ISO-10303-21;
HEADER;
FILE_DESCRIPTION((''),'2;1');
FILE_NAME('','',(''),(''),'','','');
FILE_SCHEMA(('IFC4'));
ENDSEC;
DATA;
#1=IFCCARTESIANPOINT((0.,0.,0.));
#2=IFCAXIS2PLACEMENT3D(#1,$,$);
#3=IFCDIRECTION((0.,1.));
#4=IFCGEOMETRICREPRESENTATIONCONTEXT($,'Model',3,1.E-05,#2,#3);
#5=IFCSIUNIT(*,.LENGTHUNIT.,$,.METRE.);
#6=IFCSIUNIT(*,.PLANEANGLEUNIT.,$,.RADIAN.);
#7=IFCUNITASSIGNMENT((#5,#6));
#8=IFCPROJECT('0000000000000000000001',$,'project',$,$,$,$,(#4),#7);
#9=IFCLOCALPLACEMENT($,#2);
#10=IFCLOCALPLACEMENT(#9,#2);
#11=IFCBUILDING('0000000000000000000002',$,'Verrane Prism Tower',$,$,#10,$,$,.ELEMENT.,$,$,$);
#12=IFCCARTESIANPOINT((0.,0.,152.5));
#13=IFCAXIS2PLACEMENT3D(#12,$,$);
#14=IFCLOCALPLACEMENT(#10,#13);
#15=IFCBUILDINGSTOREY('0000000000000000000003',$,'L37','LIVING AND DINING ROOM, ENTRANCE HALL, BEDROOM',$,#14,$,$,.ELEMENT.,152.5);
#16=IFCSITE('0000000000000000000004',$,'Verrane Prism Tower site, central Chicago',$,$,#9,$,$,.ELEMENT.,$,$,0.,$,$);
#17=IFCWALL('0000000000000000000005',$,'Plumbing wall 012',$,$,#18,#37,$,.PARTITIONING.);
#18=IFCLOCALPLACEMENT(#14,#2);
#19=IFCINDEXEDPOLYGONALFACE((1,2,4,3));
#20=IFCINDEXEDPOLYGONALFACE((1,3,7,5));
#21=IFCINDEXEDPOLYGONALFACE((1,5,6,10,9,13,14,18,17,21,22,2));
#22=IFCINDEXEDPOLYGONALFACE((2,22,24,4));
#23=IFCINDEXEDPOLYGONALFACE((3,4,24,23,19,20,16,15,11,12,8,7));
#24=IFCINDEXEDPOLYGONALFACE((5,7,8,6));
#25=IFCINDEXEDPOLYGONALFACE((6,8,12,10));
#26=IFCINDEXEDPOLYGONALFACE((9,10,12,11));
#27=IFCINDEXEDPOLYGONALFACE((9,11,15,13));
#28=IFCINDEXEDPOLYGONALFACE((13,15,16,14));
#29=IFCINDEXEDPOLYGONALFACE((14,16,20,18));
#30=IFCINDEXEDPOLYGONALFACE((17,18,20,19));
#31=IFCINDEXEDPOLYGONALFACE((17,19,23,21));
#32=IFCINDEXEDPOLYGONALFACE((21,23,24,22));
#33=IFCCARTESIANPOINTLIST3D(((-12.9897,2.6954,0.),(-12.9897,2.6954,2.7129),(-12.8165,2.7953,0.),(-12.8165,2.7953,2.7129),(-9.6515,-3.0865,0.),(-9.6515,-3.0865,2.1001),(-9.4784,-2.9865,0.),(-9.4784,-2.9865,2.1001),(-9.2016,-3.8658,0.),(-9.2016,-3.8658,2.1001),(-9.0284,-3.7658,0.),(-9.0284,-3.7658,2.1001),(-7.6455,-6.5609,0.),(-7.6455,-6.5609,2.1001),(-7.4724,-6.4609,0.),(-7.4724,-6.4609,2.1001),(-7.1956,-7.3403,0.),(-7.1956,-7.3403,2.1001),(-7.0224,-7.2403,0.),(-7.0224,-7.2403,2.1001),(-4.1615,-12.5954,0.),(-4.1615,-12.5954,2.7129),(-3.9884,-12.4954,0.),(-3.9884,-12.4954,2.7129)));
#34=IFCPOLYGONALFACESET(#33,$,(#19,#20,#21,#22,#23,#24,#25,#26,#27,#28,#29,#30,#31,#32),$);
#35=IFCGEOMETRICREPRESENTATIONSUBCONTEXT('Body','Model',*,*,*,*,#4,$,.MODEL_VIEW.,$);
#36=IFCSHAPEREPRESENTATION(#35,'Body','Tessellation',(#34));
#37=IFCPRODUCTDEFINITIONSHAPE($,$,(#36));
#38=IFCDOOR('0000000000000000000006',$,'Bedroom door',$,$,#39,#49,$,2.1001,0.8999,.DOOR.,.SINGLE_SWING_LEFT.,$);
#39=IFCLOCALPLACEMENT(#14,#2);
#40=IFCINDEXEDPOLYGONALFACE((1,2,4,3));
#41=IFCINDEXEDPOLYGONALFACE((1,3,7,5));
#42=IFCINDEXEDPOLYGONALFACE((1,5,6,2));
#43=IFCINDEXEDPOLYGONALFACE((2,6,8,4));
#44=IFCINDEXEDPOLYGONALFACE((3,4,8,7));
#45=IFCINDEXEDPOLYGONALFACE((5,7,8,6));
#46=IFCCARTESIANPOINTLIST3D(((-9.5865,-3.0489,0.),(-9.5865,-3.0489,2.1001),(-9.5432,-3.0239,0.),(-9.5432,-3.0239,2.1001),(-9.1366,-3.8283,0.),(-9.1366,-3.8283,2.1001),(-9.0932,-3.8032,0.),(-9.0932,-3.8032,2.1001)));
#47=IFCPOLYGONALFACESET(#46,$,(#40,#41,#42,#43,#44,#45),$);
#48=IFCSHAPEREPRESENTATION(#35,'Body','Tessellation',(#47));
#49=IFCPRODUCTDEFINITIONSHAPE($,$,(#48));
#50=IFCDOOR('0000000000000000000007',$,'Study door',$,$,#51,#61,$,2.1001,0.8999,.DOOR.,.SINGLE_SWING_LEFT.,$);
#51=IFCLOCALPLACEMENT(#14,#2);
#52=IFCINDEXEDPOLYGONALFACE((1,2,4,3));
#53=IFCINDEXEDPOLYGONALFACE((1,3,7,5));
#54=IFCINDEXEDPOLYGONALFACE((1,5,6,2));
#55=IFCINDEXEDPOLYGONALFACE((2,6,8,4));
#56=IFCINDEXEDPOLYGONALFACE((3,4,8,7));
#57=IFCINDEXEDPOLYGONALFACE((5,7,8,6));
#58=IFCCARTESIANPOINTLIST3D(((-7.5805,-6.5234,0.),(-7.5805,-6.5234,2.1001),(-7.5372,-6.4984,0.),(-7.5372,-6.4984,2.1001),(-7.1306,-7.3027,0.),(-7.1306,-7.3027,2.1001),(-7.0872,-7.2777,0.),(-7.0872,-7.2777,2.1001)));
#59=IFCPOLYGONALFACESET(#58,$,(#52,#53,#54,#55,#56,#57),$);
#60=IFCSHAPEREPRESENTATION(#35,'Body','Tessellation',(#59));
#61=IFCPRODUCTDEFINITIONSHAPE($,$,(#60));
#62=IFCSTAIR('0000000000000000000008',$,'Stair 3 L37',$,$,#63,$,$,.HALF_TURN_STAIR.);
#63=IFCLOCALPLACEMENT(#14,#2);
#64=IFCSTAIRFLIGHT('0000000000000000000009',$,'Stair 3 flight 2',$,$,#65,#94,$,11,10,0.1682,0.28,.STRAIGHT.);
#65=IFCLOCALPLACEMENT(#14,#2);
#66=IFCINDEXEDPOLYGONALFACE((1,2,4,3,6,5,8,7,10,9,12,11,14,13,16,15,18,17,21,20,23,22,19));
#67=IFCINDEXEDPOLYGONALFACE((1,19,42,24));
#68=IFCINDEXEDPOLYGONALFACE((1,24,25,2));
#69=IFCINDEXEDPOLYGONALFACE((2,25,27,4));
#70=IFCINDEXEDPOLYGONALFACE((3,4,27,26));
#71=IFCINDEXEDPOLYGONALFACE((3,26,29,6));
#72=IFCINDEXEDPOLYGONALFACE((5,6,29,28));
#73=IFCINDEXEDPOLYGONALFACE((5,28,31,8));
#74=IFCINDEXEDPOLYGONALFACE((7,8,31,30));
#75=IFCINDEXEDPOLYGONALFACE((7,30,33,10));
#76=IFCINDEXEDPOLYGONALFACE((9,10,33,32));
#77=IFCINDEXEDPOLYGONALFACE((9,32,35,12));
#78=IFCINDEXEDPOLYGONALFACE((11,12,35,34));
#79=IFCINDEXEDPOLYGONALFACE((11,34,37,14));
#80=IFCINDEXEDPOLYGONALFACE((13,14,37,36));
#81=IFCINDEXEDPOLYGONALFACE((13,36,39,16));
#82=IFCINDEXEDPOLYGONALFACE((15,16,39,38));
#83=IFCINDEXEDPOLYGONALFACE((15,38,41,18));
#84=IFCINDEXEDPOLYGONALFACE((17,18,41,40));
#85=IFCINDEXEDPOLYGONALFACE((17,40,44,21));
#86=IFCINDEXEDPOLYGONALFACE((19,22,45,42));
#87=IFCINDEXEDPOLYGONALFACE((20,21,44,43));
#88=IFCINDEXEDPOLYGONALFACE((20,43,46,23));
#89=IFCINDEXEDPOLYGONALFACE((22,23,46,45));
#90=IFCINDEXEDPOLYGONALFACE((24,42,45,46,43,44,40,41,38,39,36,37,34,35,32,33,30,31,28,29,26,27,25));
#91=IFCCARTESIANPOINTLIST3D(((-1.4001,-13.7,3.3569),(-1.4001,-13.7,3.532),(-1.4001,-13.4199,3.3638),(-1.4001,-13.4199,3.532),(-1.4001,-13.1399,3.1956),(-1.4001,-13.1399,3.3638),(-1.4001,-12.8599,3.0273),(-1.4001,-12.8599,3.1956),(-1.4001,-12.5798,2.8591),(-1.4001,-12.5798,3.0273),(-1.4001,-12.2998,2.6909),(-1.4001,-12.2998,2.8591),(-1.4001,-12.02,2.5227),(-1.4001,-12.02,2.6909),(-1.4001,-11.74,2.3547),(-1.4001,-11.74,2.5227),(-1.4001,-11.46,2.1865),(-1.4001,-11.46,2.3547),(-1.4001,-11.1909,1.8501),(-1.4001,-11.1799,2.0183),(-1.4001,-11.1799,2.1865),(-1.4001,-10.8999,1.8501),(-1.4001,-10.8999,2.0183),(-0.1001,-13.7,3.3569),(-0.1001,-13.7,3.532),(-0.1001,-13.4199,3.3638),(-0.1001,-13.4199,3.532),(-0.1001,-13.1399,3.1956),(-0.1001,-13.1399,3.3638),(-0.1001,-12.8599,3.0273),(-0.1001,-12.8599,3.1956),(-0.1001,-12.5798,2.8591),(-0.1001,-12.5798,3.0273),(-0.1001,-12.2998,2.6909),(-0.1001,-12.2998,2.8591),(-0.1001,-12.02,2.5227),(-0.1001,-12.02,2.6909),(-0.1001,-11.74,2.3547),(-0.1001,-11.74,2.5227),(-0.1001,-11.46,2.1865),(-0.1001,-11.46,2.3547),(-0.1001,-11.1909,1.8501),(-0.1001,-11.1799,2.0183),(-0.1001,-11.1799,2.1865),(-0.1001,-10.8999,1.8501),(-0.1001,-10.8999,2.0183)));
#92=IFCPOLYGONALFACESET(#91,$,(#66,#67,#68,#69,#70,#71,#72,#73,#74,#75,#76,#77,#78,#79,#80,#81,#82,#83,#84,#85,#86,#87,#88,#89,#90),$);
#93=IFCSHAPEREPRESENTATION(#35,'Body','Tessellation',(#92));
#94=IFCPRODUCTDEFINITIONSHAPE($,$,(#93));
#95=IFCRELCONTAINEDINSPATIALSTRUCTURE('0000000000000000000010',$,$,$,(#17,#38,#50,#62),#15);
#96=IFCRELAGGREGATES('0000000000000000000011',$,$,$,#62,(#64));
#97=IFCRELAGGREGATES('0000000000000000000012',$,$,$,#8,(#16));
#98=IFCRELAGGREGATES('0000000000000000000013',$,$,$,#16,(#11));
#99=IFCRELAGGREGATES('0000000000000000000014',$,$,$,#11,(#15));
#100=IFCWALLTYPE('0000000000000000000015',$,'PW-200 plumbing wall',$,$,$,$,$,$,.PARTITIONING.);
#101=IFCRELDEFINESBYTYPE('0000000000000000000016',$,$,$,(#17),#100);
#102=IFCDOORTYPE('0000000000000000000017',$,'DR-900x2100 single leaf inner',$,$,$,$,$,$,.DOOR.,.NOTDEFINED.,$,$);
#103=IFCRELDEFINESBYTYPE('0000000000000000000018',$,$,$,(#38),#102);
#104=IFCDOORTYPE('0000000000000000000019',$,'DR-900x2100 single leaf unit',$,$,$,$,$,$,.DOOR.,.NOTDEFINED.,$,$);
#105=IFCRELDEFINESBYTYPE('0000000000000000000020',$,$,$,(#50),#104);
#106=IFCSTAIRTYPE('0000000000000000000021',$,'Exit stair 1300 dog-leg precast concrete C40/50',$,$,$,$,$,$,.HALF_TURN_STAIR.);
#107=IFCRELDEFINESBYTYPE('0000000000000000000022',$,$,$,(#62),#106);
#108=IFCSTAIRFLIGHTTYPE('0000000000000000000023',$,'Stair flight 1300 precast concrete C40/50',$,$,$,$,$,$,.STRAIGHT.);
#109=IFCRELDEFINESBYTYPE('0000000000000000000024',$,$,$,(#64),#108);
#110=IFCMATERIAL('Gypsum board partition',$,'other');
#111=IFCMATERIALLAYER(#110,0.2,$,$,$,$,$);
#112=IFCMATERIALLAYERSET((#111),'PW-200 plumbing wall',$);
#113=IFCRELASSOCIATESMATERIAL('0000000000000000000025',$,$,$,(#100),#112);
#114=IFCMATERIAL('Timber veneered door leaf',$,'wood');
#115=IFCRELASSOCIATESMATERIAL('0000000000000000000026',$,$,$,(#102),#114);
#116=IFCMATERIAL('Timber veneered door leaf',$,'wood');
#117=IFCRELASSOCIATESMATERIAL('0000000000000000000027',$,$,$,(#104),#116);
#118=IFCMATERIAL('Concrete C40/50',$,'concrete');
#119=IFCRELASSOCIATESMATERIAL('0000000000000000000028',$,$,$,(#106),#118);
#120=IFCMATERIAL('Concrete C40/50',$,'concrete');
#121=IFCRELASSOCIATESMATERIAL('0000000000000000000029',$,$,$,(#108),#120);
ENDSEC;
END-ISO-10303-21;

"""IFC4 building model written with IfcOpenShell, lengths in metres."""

from ifc_helpers import new_model, si_unit, direction, frame, frame_2d, origin, place, context, subcontext, project, spatial, polyline, rectangle, outline, extrude, material, layer, layer_set, type_object, element, fill, aggregate, save


model = new_model("IFC4")

# Units and contexts
model_context = context("Model", 3, precision=1e-05, world=origin(), true_north=direction((0.0, 1.0)))
body_context = subcontext(model_context, "Body", "Model", "MODEL_VIEW")
ifc_project = project(units=[si_unit("LENGTHUNIT", "METRE"), si_unit("PLANEANGLEUNIT", "RADIAN")], contexts=[model_context])

# Site, building, storey
site_placement = place(None, origin())
site = spatial("IfcSite", under=ifc_project, at=site_placement, Name="Verrane Prism Tower site, central Chicago", CompositionType="ELEMENT", RefElevation=0.0)
building_placement = place(site_placement, origin())
building = spatial("IfcBuilding", under=site, at=building_placement, Name="Verrane Prism Tower", CompositionType="ELEMENT")
storey_placement = place(building_placement, frame((0.0, 0.0, 152.5)))
storey = spatial("IfcBuildingStorey", under=building, at=storey_placement, Name="L37", Description="LIVING AND DINING ROOM, ENTRANCE HALL, BEDROOM", CompositionType="ELEMENT", Elevation=152.5)

# Wall, openings, doors
ifc_material_1 = material(Name="Gypsum board partition", Category="other")
ifc_layer_1 = layer(ifc_material_1, 0.2)
ifc_layer_set_1 = layer_set([ifc_layer_1], Name="PW-200 plumbing wall")
wall_type_1 = type_object("IfcWallType", Name="PW-200 plumbing wall", PredefinedType="PARTITIONING", material=ifc_layer_set_1)
wall_1_placement = place(storey_placement, frame((-4.075, -12.5454, 0.0), z_axis=(0.0, 0.0, 1.0), x_axis=(-0.5, 0.866026, 0.0)))
wall_1 = element("IfcWall", 1, at=wall_1_placement, inside=storey, type_object=wall_type_1, Name="Plumbing wall 012", PredefinedType="PARTITIONING", context=body_context, shape_type="SweptSolid", body=[
    extrude(rectangle(XDim=17.6562, YDim=0.2, at=frame_2d((8.8281, 0.0))), origin(), (0.0, 0.0, 1.0), 2.7129),
])
opening_1_placement = place(wall_1_placement, frame((10.0801, 0.0, 0.0)))
opening_1 = element("IfcOpeningElement", 2, at=opening_1_placement, cuts=wall_1, PredefinedType="OPENING", context=body_context, shape_type="SweptSolid", body=[
    extrude(rectangle(XDim=0.8999, YDim=2.1001, at=frame_2d((0.45, 1.05))), frame((0.0, 0.1099, 0.0), z_axis=(0.0, -1.0, 0.0), x_axis=(1.0, 0.0, 0.0)), (0.0, 0.0, 1.0), 0.22),
])
opening_2_placement = place(wall_1_placement, frame((6.0681, 0.0, 0.0)))
opening_2 = element("IfcOpeningElement", 3, at=opening_2_placement, cuts=wall_1, PredefinedType="OPENING", context=body_context, shape_type="SweptSolid", body=[
    extrude(rectangle(XDim=0.8999, YDim=2.1001, at=frame_2d((0.45, 1.05))), frame((0.0, 0.1099, 0.0), z_axis=(0.0, -1.0, 0.0), x_axis=(1.0, 0.0, 0.0)), (0.0, 0.0, 1.0), 0.22),
])
ifc_material_2 = material(Name="Timber veneered door leaf", Category="wood")
door_type_1 = type_object("IfcDoorType", Name="DR-900x2100 single leaf inner", OperationType="NOTDEFINED", PredefinedType="DOOR", material=ifc_material_2)
door_1_placement = place(opening_1_placement, origin())
door_1 = element("IfcDoor", 4, at=door_1_placement, inside=storey, type_object=door_type_1, Name="Bedroom door", OperationType="SINGLE_SWING_LEFT", OverallHeight=2.1001, OverallWidth=0.8999, PredefinedType="DOOR", context=body_context, shape_type="SweptSolid", body=[
    extrude(rectangle(XDim=0.8999, YDim=2.1001, at=frame_2d((0.45, 1.05))), frame((0.0, 0.0249, 0.0), z_axis=(0.0, -1.0, 0.0), x_axis=(1.0, 0.0, 0.0)), (0.0, 0.0, 1.0), 0.05),
])
fill(opening_1, door_1)
ifc_material_3 = material(Name="Timber veneered door leaf", Category="wood")
door_type_2 = type_object("IfcDoorType", Name="DR-900x2100 single leaf unit", OperationType="NOTDEFINED", PredefinedType="DOOR", material=ifc_material_3)
door_2_placement = place(opening_2_placement, origin())
door_2 = element("IfcDoor", 5, at=door_2_placement, inside=storey, type_object=door_type_2, Name="Study door", OperationType="SINGLE_SWING_LEFT", OverallHeight=2.1001, OverallWidth=0.8999, PredefinedType="DOOR", context=body_context, shape_type="SweptSolid", body=[
    extrude(rectangle(XDim=0.8999, YDim=2.1001, at=frame_2d((0.45, 1.05))), frame((0.0, 0.0249, 0.0), z_axis=(0.0, -1.0, 0.0), x_axis=(1.0, 0.0, 0.0)), (0.0, 0.0, 1.0), 0.05),
])
fill(opening_2, door_2)

# Stair, stair flight
ifc_material_4 = material(Name="Concrete C40/50", Category="concrete")
stair_type = type_object("IfcStairType", Name="Exit stair 1300 dog-leg precast concrete C40/50", PredefinedType="HALF_TURN_STAIR", material=ifc_material_4)
stair_placement = place(storey_placement, origin())
stair = element("IfcStair", 6, at=stair_placement, inside=storey, type_object=stair_type, Name="Stair 3 L37", PredefinedType="HALF_TURN_STAIR")
ifc_material_5 = material(Name="Concrete C40/50", Category="concrete")
stair_flight_type = type_object("IfcStairFlightType", Name="Stair flight 1300 precast concrete C40/50", PredefinedType="STRAIGHT", material=ifc_material_5)
stair_flight_placement = place(storey_placement, frame((-0.75, -10.8999, 1.8501), z_axis=(0.0, 0.0, 1.0), x_axis=(0.0, -1.0, 0.0)))
stair_flight = element("IfcStairFlight", 7, at=stair_flight_placement, type_object=stair_flight_type, Name="Stair 3 flight 2", NumberOfRisers=11, NumberOfTreads=10, PredefinedType="STRAIGHT", RiserHeight=0.1682, TreadLength=0.28, context=body_context, shape_type="SweptSolid", body=[
    extrude(outline(polyline([(0.0, 0.0), (0.0, 0.1682), (0.28, 0.1682), (0.28, 0.3364), (0.5601, 0.3364), (0.5601, 0.5046), (0.8401, 0.5046), (0.8401, 0.6726), (1.1201, 0.6726), (1.1201, 0.8408), (1.3999, 0.8408), (1.3999, 1.009), (1.6799, 1.009), (1.6799, 1.1772), (1.96, 1.1772), (1.96, 1.3455), (2.24, 1.3455), (2.24, 1.5137), (2.52, 1.5137), (2.52, 1.6819), (2.8, 1.6819), (2.8, 1.8501), (2.8, 1.5068), (0.291, 0.0), (0.0, 0.0)])), frame((0.0, 0.6499, 0.0), z_axis=(0.0, -1.0, 0.0), x_axis=(1.0, 0.0, 0.0)), (0.0, 0.0, 1.0), 1.3),
])
aggregate(stair, [stair_flight])

save(model, "model.ifc")
